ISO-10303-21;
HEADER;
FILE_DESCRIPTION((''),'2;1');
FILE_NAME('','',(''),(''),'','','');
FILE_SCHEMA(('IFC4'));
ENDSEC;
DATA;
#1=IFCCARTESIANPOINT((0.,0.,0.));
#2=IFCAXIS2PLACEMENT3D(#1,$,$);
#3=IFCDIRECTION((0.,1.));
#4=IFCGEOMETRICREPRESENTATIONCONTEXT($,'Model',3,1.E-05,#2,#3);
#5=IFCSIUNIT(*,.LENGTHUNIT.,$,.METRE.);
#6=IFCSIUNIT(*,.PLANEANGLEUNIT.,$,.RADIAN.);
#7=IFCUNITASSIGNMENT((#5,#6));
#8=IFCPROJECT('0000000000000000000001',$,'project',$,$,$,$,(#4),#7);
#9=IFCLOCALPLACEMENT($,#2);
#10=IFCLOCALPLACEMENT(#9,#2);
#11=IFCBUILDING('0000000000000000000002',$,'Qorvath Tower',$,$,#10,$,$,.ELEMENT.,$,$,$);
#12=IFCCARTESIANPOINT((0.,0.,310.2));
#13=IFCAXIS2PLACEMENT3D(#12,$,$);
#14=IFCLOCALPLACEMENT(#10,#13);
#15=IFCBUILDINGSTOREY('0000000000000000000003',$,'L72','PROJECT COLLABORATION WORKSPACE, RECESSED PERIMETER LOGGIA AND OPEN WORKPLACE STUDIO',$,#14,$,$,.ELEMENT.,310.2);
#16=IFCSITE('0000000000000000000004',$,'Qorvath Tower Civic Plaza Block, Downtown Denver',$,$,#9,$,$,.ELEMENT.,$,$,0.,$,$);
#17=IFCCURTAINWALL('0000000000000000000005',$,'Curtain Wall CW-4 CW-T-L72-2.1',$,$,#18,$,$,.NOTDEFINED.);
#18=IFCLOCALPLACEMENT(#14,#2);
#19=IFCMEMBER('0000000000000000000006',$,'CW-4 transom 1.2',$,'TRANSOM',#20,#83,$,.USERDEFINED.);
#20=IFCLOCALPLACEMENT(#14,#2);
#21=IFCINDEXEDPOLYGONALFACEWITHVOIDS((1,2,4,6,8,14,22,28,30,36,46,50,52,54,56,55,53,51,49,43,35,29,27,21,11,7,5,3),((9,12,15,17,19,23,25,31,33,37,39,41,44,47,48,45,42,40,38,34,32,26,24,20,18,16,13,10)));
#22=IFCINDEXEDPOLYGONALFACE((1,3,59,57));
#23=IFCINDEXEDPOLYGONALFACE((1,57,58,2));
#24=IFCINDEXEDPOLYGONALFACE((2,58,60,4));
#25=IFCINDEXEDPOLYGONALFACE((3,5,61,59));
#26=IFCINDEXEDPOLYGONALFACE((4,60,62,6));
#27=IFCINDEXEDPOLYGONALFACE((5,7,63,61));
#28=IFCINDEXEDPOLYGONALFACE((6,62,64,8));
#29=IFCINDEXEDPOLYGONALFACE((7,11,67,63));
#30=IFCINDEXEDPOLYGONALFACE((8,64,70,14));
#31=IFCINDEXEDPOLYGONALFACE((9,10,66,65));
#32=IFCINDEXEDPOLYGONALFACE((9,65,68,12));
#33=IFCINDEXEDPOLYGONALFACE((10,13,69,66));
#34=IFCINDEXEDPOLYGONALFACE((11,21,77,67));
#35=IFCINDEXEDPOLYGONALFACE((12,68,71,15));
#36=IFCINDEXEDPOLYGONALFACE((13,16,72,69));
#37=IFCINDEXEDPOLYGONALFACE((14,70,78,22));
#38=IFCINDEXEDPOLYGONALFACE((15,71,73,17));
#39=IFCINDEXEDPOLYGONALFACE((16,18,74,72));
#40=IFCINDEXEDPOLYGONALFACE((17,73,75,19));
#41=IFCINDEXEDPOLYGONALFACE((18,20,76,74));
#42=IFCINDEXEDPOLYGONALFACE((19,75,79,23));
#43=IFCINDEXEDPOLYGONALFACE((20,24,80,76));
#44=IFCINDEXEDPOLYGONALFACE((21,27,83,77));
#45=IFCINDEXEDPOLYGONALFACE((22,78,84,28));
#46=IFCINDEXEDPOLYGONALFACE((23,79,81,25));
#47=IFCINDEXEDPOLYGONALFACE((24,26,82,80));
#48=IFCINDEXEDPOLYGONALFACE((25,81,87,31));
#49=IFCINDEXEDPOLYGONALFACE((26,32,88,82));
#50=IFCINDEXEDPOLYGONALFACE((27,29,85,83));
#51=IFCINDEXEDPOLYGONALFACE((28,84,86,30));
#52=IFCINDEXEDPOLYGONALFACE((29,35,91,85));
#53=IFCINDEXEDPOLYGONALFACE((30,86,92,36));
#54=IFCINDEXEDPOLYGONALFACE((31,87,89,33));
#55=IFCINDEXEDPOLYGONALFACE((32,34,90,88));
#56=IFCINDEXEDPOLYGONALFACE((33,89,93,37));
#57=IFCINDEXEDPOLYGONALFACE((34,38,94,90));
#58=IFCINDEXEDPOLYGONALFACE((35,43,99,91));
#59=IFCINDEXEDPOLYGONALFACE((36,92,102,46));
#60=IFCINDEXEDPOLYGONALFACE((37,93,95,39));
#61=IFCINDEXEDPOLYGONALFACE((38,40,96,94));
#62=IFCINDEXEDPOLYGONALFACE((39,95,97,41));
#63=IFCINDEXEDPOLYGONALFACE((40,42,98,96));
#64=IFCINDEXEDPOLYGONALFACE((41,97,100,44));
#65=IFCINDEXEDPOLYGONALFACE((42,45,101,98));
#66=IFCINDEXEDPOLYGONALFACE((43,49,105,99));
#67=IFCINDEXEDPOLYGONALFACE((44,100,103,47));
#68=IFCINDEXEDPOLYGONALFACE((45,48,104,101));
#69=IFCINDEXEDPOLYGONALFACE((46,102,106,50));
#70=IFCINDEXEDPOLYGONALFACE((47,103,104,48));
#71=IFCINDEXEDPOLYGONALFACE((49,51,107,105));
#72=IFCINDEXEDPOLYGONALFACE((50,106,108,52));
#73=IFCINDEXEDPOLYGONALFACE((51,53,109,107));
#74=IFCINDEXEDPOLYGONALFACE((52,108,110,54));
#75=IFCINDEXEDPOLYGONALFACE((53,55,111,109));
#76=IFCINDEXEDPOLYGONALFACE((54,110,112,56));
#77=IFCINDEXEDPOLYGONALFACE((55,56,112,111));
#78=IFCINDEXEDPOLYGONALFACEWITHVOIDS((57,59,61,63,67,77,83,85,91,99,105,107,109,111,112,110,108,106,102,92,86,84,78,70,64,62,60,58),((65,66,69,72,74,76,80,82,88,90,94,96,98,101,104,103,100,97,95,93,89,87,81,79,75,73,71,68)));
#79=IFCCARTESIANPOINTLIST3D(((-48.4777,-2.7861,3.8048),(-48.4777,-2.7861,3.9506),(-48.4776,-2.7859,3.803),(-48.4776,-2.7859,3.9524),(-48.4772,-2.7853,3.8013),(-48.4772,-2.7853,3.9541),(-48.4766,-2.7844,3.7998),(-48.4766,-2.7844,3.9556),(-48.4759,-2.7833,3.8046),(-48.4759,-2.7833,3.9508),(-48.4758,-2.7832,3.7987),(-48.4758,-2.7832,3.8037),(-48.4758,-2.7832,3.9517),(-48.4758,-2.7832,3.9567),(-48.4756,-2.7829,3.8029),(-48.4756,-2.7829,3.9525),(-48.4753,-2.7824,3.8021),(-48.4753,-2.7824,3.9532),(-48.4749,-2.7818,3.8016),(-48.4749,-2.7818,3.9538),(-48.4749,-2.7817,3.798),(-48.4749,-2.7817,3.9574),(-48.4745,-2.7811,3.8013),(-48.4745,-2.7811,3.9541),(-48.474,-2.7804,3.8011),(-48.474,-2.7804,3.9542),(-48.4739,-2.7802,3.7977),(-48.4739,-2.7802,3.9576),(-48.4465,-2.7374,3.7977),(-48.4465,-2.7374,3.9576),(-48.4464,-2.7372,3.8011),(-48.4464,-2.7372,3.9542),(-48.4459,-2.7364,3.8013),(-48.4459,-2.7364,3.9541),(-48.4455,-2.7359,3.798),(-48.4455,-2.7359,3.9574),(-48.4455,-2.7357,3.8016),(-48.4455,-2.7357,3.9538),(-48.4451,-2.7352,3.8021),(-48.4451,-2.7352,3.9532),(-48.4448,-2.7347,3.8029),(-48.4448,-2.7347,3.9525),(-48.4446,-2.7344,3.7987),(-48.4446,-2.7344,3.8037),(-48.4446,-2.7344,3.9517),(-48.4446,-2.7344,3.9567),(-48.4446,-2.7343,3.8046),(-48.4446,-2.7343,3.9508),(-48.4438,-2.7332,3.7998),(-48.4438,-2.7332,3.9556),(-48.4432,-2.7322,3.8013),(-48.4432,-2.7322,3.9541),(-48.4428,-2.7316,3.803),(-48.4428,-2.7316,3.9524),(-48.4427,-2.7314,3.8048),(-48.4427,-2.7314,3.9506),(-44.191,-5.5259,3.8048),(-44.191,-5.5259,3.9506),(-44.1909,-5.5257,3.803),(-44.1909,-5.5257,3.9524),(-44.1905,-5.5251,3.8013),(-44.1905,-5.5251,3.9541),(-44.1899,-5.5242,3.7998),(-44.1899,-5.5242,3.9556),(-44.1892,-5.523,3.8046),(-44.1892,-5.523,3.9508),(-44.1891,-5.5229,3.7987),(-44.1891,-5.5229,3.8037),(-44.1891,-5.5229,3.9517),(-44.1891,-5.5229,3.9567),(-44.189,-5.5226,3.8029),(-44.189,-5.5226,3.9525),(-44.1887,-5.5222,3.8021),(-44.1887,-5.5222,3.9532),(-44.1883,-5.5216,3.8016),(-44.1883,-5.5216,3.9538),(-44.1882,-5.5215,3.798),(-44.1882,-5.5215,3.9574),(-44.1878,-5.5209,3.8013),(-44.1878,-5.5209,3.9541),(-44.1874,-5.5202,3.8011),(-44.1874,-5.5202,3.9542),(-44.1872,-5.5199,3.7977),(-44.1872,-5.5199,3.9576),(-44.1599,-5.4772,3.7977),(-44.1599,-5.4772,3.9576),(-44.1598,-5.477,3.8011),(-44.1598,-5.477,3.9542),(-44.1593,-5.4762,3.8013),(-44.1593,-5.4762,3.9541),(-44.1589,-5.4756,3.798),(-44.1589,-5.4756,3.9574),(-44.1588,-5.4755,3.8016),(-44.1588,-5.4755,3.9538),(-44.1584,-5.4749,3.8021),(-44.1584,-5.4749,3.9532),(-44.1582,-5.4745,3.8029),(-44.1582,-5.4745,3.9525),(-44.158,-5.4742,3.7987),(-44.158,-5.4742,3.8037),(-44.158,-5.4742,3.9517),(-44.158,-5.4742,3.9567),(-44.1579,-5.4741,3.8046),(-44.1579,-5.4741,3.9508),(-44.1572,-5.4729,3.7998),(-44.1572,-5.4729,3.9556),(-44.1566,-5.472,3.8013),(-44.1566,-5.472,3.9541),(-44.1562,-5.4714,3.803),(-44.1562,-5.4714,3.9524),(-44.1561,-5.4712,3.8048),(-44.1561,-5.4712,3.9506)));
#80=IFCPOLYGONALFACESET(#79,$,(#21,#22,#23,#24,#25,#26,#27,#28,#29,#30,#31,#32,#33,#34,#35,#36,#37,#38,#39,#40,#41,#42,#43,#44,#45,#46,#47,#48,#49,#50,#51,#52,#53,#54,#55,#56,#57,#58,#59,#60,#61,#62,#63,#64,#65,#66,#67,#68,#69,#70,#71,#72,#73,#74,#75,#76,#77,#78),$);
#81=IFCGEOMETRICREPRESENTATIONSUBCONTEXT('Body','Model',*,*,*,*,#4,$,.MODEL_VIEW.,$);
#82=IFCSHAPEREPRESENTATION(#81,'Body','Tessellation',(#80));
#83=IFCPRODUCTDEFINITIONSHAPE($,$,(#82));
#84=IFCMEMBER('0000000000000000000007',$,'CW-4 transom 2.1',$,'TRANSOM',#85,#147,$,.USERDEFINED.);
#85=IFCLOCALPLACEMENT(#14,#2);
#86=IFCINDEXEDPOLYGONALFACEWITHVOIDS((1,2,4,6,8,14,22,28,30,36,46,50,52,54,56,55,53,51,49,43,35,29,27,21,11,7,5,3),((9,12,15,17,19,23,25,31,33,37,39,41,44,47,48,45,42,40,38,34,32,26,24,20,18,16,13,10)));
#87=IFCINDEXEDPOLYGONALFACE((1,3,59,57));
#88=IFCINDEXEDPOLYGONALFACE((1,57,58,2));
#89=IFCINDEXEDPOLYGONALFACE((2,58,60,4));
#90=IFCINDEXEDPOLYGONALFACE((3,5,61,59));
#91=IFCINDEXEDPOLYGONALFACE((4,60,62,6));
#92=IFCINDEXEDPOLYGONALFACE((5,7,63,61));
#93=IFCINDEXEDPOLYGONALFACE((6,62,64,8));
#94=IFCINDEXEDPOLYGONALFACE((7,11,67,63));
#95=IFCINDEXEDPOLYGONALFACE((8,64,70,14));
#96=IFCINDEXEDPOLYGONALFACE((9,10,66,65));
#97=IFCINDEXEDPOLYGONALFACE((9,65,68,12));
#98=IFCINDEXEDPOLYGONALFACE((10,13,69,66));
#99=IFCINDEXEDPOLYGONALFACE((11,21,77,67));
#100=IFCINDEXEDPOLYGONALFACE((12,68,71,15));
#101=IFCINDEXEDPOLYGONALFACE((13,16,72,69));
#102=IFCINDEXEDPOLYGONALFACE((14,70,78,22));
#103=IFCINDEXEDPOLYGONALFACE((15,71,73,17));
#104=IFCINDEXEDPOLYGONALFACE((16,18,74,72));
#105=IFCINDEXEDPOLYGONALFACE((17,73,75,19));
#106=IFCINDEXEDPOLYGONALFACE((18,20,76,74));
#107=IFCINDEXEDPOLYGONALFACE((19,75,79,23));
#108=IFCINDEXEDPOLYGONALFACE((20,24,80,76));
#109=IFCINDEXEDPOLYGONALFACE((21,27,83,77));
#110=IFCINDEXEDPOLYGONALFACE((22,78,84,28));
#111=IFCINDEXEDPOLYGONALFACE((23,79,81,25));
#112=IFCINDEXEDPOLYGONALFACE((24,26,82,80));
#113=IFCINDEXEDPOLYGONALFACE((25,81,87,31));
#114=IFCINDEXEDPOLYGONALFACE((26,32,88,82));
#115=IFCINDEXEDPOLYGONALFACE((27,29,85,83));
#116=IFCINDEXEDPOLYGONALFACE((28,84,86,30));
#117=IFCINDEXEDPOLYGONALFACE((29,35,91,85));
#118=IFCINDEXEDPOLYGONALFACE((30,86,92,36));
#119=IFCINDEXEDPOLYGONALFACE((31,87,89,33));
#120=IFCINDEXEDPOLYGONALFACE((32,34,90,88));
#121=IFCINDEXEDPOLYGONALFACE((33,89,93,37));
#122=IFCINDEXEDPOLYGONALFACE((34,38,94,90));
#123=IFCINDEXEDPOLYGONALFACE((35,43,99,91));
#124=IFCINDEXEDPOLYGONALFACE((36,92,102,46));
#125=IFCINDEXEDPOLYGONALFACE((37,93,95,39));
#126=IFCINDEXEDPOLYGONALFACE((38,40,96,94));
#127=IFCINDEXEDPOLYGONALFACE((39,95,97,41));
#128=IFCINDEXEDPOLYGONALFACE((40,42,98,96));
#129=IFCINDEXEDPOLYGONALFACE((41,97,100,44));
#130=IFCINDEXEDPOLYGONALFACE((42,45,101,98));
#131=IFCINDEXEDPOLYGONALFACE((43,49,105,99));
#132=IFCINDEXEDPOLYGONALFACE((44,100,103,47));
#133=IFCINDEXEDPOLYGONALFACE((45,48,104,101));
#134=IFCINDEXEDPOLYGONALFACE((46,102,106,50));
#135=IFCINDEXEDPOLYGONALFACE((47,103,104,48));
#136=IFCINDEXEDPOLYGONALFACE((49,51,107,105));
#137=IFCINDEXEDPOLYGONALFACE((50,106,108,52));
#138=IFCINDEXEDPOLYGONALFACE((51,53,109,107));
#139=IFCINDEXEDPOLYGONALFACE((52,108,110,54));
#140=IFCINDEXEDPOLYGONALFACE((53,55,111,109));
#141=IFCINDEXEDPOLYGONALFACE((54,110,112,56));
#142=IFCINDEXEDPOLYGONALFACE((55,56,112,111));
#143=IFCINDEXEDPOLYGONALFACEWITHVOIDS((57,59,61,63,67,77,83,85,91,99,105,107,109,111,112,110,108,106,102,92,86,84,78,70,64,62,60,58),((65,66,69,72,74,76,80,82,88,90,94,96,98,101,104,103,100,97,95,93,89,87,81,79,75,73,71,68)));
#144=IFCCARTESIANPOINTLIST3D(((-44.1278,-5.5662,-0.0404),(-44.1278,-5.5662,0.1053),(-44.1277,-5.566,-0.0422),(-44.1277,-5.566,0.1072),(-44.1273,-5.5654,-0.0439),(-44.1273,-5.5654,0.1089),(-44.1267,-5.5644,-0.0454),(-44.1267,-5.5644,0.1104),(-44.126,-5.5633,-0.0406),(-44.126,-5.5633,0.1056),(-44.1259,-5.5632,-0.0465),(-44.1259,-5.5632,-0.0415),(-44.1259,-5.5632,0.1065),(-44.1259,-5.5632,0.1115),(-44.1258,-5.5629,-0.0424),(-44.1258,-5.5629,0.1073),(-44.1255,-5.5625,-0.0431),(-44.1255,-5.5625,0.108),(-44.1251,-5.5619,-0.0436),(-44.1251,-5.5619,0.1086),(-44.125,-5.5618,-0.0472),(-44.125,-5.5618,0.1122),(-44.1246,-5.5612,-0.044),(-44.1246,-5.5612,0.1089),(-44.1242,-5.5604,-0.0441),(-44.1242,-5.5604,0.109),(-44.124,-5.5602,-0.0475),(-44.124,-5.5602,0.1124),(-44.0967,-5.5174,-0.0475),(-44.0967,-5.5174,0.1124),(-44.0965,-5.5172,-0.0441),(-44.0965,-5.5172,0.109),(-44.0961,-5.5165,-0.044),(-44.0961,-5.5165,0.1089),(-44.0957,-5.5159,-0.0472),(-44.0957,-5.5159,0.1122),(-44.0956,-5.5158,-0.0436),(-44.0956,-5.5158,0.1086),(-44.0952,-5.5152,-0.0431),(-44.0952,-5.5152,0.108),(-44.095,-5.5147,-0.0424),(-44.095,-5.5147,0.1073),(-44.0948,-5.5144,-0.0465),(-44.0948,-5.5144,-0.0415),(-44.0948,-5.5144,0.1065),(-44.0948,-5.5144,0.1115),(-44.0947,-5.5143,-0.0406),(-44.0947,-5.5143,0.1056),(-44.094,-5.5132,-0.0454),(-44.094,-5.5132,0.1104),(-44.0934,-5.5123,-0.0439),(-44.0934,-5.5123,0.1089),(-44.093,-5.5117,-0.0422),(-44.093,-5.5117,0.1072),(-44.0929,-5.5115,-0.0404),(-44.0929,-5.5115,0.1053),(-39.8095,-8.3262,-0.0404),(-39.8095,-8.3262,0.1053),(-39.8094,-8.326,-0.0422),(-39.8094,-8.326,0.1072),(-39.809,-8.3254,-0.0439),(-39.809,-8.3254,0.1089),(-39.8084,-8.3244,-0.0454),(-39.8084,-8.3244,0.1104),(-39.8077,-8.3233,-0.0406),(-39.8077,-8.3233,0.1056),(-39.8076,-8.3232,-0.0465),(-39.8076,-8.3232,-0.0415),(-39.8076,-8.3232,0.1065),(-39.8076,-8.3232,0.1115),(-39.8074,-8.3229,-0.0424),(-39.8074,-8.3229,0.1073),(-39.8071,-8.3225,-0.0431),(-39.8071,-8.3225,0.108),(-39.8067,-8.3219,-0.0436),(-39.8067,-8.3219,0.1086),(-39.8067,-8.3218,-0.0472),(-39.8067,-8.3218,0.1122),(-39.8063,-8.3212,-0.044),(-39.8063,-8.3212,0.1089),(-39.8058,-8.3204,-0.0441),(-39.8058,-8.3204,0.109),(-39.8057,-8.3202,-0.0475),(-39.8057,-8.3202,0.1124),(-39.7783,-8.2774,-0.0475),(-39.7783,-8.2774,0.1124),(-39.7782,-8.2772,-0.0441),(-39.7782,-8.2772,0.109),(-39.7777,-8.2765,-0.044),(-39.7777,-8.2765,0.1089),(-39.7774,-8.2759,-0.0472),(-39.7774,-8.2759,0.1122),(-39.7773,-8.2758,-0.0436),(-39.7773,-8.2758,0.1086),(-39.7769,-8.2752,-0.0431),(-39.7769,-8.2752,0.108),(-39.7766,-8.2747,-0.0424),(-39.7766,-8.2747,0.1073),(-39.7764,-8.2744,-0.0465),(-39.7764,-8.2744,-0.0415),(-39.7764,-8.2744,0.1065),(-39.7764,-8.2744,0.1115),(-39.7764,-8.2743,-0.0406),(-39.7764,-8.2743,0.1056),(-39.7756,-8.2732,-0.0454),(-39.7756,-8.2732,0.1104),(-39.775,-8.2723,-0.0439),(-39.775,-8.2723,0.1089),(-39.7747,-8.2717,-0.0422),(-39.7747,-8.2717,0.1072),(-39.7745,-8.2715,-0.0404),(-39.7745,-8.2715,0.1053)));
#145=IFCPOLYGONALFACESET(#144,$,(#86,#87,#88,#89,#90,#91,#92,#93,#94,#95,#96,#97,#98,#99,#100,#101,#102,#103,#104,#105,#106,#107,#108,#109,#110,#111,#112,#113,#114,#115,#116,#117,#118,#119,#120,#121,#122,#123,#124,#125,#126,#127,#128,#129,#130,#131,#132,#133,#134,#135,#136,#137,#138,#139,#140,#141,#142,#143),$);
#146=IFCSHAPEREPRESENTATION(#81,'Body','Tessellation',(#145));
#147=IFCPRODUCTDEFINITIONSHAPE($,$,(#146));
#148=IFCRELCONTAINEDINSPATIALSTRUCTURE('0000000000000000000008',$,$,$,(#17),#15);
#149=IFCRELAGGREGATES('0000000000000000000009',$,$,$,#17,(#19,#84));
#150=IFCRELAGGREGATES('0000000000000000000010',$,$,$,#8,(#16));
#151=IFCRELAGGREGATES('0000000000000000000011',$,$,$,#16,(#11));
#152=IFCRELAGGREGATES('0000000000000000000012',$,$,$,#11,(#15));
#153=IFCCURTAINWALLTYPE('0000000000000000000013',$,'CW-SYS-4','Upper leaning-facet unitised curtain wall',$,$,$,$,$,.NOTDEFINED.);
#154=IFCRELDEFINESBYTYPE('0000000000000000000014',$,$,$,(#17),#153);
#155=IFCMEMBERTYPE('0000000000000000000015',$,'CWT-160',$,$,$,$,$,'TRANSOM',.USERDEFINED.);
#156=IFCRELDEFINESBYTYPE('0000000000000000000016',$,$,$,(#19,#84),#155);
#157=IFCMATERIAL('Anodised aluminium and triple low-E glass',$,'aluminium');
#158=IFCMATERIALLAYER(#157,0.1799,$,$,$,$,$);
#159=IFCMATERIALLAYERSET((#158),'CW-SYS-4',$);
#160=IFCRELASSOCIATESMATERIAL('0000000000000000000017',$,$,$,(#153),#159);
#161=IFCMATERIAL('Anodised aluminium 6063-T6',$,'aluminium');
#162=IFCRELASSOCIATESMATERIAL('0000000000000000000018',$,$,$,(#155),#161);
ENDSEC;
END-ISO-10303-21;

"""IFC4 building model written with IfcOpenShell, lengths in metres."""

from ifc_helpers import new_model, si_unit, direction, frame, origin, origin_2d, place, context, subcontext, project, spatial, hollow_rectangle, extrude, material, layer, layer_set, material_profile, profile_set, type_object, element, aggregate, save


model = new_model("IFC4")

# Units and contexts
model_context = context("Model", 3, precision=1e-05, world=origin(), true_north=direction((0.0, 1.0)))
body_context = subcontext(model_context, "Body", "Model", "MODEL_VIEW")
ifc_project = project(units=[si_unit("LENGTHUNIT", "METRE"), si_unit("PLANEANGLEUNIT", "RADIAN")], contexts=[model_context])

# Site, building, storey
site_placement = place(None, origin())
site = spatial("IfcSite", under=ifc_project, at=site_placement, Name="Qorvath Tower Civic Plaza Block, Downtown Denver", CompositionType="ELEMENT", RefElevation=0.0)
building_placement = place(site_placement, origin())
building = spatial("IfcBuilding", under=site, at=building_placement, Name="Qorvath Tower", CompositionType="ELEMENT")
storey_placement = place(building_placement, frame((0.0, 0.0, 310.2)))
storey = spatial("IfcBuildingStorey", under=building, at=storey_placement, Name="L72", Description="PROJECT COLLABORATION WORKSPACE, RECESSED PERIMETER LOGGIA AND OPEN WORKPLACE STUDIO", CompositionType="ELEMENT", Elevation=310.2)

# Curtain wall, members
ifc_material_1 = material(Name="Anodised aluminium and triple low-E glass", Category="aluminium")
ifc_layer_1 = layer(ifc_material_1, 0.1799)
ifc_layer_set_1 = layer_set([ifc_layer_1], Name="CW-SYS-4")
curtain_wall_type = type_object("IfcCurtainWallType", Name="CW-SYS-4", Description="Upper leaning-facet unitised curtain wall", PredefinedType="NOTDEFINED", material=ifc_layer_set_1)
curtain_wall_placement = place(storey_placement, origin())
curtain_wall = element("IfcCurtainWall", 1, at=curtain_wall_placement, inside=storey, type_object=curtain_wall_type, Name="Curtain Wall CW-4 CW-T-L72-2.1", PredefinedType="NOTDEFINED")
ifc_material_2 = material(Name="Anodised aluminium 6063-T6", Category="aluminium")
ifc_material_profile_1 = material_profile(ifc_material_2, hollow_rectangle(XDim=0.0649, YDim=0.1599, WallThickness=0.0034, InnerFilletRadius=0.0034, OuterFilletRadius=0.0071, at=origin_2d()), Name="CWT 160x65")
ifc_profile_set_1 = profile_set([ifc_material_profile_1], Name="Anodised aluminium 6063-T6")
member_type_1 = type_object("IfcMemberType", Name="CWT-160", ElementType="TRANSOM", PredefinedType="USERDEFINED", material=ifc_profile_set_1)
member_1_placement = place(storey_placement, frame((-48.4602, -2.7588, 3.8777), z_axis=(0.842601, -0.538539, 0.0), x_axis=(0.538539, 0.842601, 0.0)))
member_1 = element("IfcMember", 2, at=member_1_placement, type_object=member_type_1, Name="CW-4 transom 1.2", ObjectType="TRANSOM", PredefinedType="USERDEFINED", context=body_context, shape_type="SweptSolid", body=[
    extrude(hollow_rectangle(XDim=0.0649, YDim=0.1599, WallThickness=0.0034, InnerFilletRadius=0.0034, OuterFilletRadius=0.0071, at=origin_2d()), origin(), (0.0, 0.0, 1.0), 5.0874),
])
member_2_placement = place(storey_placement, frame((-44.1104, -5.5388, 0.0325), z_axis=(0.842603, -0.538536, 0.0), x_axis=(0.538536, 0.842603, 0.0)))
member_2 = element("IfcMember", 3, at=member_2_placement, type_object=member_type_1, Name="CW-4 transom 2.1", ObjectType="TRANSOM", PredefinedType="USERDEFINED", context=body_context, shape_type="SweptSolid", body=[
    extrude(hollow_rectangle(XDim=0.0649, YDim=0.1599, WallThickness=0.0034, InnerFilletRadius=0.0034, OuterFilletRadius=0.0071, at=origin_2d()), origin(), (0.0, 0.0, 1.0), 5.125),
])
aggregate(curtain_wall, [member_1, member_2])

save(model, "model.ifc")
